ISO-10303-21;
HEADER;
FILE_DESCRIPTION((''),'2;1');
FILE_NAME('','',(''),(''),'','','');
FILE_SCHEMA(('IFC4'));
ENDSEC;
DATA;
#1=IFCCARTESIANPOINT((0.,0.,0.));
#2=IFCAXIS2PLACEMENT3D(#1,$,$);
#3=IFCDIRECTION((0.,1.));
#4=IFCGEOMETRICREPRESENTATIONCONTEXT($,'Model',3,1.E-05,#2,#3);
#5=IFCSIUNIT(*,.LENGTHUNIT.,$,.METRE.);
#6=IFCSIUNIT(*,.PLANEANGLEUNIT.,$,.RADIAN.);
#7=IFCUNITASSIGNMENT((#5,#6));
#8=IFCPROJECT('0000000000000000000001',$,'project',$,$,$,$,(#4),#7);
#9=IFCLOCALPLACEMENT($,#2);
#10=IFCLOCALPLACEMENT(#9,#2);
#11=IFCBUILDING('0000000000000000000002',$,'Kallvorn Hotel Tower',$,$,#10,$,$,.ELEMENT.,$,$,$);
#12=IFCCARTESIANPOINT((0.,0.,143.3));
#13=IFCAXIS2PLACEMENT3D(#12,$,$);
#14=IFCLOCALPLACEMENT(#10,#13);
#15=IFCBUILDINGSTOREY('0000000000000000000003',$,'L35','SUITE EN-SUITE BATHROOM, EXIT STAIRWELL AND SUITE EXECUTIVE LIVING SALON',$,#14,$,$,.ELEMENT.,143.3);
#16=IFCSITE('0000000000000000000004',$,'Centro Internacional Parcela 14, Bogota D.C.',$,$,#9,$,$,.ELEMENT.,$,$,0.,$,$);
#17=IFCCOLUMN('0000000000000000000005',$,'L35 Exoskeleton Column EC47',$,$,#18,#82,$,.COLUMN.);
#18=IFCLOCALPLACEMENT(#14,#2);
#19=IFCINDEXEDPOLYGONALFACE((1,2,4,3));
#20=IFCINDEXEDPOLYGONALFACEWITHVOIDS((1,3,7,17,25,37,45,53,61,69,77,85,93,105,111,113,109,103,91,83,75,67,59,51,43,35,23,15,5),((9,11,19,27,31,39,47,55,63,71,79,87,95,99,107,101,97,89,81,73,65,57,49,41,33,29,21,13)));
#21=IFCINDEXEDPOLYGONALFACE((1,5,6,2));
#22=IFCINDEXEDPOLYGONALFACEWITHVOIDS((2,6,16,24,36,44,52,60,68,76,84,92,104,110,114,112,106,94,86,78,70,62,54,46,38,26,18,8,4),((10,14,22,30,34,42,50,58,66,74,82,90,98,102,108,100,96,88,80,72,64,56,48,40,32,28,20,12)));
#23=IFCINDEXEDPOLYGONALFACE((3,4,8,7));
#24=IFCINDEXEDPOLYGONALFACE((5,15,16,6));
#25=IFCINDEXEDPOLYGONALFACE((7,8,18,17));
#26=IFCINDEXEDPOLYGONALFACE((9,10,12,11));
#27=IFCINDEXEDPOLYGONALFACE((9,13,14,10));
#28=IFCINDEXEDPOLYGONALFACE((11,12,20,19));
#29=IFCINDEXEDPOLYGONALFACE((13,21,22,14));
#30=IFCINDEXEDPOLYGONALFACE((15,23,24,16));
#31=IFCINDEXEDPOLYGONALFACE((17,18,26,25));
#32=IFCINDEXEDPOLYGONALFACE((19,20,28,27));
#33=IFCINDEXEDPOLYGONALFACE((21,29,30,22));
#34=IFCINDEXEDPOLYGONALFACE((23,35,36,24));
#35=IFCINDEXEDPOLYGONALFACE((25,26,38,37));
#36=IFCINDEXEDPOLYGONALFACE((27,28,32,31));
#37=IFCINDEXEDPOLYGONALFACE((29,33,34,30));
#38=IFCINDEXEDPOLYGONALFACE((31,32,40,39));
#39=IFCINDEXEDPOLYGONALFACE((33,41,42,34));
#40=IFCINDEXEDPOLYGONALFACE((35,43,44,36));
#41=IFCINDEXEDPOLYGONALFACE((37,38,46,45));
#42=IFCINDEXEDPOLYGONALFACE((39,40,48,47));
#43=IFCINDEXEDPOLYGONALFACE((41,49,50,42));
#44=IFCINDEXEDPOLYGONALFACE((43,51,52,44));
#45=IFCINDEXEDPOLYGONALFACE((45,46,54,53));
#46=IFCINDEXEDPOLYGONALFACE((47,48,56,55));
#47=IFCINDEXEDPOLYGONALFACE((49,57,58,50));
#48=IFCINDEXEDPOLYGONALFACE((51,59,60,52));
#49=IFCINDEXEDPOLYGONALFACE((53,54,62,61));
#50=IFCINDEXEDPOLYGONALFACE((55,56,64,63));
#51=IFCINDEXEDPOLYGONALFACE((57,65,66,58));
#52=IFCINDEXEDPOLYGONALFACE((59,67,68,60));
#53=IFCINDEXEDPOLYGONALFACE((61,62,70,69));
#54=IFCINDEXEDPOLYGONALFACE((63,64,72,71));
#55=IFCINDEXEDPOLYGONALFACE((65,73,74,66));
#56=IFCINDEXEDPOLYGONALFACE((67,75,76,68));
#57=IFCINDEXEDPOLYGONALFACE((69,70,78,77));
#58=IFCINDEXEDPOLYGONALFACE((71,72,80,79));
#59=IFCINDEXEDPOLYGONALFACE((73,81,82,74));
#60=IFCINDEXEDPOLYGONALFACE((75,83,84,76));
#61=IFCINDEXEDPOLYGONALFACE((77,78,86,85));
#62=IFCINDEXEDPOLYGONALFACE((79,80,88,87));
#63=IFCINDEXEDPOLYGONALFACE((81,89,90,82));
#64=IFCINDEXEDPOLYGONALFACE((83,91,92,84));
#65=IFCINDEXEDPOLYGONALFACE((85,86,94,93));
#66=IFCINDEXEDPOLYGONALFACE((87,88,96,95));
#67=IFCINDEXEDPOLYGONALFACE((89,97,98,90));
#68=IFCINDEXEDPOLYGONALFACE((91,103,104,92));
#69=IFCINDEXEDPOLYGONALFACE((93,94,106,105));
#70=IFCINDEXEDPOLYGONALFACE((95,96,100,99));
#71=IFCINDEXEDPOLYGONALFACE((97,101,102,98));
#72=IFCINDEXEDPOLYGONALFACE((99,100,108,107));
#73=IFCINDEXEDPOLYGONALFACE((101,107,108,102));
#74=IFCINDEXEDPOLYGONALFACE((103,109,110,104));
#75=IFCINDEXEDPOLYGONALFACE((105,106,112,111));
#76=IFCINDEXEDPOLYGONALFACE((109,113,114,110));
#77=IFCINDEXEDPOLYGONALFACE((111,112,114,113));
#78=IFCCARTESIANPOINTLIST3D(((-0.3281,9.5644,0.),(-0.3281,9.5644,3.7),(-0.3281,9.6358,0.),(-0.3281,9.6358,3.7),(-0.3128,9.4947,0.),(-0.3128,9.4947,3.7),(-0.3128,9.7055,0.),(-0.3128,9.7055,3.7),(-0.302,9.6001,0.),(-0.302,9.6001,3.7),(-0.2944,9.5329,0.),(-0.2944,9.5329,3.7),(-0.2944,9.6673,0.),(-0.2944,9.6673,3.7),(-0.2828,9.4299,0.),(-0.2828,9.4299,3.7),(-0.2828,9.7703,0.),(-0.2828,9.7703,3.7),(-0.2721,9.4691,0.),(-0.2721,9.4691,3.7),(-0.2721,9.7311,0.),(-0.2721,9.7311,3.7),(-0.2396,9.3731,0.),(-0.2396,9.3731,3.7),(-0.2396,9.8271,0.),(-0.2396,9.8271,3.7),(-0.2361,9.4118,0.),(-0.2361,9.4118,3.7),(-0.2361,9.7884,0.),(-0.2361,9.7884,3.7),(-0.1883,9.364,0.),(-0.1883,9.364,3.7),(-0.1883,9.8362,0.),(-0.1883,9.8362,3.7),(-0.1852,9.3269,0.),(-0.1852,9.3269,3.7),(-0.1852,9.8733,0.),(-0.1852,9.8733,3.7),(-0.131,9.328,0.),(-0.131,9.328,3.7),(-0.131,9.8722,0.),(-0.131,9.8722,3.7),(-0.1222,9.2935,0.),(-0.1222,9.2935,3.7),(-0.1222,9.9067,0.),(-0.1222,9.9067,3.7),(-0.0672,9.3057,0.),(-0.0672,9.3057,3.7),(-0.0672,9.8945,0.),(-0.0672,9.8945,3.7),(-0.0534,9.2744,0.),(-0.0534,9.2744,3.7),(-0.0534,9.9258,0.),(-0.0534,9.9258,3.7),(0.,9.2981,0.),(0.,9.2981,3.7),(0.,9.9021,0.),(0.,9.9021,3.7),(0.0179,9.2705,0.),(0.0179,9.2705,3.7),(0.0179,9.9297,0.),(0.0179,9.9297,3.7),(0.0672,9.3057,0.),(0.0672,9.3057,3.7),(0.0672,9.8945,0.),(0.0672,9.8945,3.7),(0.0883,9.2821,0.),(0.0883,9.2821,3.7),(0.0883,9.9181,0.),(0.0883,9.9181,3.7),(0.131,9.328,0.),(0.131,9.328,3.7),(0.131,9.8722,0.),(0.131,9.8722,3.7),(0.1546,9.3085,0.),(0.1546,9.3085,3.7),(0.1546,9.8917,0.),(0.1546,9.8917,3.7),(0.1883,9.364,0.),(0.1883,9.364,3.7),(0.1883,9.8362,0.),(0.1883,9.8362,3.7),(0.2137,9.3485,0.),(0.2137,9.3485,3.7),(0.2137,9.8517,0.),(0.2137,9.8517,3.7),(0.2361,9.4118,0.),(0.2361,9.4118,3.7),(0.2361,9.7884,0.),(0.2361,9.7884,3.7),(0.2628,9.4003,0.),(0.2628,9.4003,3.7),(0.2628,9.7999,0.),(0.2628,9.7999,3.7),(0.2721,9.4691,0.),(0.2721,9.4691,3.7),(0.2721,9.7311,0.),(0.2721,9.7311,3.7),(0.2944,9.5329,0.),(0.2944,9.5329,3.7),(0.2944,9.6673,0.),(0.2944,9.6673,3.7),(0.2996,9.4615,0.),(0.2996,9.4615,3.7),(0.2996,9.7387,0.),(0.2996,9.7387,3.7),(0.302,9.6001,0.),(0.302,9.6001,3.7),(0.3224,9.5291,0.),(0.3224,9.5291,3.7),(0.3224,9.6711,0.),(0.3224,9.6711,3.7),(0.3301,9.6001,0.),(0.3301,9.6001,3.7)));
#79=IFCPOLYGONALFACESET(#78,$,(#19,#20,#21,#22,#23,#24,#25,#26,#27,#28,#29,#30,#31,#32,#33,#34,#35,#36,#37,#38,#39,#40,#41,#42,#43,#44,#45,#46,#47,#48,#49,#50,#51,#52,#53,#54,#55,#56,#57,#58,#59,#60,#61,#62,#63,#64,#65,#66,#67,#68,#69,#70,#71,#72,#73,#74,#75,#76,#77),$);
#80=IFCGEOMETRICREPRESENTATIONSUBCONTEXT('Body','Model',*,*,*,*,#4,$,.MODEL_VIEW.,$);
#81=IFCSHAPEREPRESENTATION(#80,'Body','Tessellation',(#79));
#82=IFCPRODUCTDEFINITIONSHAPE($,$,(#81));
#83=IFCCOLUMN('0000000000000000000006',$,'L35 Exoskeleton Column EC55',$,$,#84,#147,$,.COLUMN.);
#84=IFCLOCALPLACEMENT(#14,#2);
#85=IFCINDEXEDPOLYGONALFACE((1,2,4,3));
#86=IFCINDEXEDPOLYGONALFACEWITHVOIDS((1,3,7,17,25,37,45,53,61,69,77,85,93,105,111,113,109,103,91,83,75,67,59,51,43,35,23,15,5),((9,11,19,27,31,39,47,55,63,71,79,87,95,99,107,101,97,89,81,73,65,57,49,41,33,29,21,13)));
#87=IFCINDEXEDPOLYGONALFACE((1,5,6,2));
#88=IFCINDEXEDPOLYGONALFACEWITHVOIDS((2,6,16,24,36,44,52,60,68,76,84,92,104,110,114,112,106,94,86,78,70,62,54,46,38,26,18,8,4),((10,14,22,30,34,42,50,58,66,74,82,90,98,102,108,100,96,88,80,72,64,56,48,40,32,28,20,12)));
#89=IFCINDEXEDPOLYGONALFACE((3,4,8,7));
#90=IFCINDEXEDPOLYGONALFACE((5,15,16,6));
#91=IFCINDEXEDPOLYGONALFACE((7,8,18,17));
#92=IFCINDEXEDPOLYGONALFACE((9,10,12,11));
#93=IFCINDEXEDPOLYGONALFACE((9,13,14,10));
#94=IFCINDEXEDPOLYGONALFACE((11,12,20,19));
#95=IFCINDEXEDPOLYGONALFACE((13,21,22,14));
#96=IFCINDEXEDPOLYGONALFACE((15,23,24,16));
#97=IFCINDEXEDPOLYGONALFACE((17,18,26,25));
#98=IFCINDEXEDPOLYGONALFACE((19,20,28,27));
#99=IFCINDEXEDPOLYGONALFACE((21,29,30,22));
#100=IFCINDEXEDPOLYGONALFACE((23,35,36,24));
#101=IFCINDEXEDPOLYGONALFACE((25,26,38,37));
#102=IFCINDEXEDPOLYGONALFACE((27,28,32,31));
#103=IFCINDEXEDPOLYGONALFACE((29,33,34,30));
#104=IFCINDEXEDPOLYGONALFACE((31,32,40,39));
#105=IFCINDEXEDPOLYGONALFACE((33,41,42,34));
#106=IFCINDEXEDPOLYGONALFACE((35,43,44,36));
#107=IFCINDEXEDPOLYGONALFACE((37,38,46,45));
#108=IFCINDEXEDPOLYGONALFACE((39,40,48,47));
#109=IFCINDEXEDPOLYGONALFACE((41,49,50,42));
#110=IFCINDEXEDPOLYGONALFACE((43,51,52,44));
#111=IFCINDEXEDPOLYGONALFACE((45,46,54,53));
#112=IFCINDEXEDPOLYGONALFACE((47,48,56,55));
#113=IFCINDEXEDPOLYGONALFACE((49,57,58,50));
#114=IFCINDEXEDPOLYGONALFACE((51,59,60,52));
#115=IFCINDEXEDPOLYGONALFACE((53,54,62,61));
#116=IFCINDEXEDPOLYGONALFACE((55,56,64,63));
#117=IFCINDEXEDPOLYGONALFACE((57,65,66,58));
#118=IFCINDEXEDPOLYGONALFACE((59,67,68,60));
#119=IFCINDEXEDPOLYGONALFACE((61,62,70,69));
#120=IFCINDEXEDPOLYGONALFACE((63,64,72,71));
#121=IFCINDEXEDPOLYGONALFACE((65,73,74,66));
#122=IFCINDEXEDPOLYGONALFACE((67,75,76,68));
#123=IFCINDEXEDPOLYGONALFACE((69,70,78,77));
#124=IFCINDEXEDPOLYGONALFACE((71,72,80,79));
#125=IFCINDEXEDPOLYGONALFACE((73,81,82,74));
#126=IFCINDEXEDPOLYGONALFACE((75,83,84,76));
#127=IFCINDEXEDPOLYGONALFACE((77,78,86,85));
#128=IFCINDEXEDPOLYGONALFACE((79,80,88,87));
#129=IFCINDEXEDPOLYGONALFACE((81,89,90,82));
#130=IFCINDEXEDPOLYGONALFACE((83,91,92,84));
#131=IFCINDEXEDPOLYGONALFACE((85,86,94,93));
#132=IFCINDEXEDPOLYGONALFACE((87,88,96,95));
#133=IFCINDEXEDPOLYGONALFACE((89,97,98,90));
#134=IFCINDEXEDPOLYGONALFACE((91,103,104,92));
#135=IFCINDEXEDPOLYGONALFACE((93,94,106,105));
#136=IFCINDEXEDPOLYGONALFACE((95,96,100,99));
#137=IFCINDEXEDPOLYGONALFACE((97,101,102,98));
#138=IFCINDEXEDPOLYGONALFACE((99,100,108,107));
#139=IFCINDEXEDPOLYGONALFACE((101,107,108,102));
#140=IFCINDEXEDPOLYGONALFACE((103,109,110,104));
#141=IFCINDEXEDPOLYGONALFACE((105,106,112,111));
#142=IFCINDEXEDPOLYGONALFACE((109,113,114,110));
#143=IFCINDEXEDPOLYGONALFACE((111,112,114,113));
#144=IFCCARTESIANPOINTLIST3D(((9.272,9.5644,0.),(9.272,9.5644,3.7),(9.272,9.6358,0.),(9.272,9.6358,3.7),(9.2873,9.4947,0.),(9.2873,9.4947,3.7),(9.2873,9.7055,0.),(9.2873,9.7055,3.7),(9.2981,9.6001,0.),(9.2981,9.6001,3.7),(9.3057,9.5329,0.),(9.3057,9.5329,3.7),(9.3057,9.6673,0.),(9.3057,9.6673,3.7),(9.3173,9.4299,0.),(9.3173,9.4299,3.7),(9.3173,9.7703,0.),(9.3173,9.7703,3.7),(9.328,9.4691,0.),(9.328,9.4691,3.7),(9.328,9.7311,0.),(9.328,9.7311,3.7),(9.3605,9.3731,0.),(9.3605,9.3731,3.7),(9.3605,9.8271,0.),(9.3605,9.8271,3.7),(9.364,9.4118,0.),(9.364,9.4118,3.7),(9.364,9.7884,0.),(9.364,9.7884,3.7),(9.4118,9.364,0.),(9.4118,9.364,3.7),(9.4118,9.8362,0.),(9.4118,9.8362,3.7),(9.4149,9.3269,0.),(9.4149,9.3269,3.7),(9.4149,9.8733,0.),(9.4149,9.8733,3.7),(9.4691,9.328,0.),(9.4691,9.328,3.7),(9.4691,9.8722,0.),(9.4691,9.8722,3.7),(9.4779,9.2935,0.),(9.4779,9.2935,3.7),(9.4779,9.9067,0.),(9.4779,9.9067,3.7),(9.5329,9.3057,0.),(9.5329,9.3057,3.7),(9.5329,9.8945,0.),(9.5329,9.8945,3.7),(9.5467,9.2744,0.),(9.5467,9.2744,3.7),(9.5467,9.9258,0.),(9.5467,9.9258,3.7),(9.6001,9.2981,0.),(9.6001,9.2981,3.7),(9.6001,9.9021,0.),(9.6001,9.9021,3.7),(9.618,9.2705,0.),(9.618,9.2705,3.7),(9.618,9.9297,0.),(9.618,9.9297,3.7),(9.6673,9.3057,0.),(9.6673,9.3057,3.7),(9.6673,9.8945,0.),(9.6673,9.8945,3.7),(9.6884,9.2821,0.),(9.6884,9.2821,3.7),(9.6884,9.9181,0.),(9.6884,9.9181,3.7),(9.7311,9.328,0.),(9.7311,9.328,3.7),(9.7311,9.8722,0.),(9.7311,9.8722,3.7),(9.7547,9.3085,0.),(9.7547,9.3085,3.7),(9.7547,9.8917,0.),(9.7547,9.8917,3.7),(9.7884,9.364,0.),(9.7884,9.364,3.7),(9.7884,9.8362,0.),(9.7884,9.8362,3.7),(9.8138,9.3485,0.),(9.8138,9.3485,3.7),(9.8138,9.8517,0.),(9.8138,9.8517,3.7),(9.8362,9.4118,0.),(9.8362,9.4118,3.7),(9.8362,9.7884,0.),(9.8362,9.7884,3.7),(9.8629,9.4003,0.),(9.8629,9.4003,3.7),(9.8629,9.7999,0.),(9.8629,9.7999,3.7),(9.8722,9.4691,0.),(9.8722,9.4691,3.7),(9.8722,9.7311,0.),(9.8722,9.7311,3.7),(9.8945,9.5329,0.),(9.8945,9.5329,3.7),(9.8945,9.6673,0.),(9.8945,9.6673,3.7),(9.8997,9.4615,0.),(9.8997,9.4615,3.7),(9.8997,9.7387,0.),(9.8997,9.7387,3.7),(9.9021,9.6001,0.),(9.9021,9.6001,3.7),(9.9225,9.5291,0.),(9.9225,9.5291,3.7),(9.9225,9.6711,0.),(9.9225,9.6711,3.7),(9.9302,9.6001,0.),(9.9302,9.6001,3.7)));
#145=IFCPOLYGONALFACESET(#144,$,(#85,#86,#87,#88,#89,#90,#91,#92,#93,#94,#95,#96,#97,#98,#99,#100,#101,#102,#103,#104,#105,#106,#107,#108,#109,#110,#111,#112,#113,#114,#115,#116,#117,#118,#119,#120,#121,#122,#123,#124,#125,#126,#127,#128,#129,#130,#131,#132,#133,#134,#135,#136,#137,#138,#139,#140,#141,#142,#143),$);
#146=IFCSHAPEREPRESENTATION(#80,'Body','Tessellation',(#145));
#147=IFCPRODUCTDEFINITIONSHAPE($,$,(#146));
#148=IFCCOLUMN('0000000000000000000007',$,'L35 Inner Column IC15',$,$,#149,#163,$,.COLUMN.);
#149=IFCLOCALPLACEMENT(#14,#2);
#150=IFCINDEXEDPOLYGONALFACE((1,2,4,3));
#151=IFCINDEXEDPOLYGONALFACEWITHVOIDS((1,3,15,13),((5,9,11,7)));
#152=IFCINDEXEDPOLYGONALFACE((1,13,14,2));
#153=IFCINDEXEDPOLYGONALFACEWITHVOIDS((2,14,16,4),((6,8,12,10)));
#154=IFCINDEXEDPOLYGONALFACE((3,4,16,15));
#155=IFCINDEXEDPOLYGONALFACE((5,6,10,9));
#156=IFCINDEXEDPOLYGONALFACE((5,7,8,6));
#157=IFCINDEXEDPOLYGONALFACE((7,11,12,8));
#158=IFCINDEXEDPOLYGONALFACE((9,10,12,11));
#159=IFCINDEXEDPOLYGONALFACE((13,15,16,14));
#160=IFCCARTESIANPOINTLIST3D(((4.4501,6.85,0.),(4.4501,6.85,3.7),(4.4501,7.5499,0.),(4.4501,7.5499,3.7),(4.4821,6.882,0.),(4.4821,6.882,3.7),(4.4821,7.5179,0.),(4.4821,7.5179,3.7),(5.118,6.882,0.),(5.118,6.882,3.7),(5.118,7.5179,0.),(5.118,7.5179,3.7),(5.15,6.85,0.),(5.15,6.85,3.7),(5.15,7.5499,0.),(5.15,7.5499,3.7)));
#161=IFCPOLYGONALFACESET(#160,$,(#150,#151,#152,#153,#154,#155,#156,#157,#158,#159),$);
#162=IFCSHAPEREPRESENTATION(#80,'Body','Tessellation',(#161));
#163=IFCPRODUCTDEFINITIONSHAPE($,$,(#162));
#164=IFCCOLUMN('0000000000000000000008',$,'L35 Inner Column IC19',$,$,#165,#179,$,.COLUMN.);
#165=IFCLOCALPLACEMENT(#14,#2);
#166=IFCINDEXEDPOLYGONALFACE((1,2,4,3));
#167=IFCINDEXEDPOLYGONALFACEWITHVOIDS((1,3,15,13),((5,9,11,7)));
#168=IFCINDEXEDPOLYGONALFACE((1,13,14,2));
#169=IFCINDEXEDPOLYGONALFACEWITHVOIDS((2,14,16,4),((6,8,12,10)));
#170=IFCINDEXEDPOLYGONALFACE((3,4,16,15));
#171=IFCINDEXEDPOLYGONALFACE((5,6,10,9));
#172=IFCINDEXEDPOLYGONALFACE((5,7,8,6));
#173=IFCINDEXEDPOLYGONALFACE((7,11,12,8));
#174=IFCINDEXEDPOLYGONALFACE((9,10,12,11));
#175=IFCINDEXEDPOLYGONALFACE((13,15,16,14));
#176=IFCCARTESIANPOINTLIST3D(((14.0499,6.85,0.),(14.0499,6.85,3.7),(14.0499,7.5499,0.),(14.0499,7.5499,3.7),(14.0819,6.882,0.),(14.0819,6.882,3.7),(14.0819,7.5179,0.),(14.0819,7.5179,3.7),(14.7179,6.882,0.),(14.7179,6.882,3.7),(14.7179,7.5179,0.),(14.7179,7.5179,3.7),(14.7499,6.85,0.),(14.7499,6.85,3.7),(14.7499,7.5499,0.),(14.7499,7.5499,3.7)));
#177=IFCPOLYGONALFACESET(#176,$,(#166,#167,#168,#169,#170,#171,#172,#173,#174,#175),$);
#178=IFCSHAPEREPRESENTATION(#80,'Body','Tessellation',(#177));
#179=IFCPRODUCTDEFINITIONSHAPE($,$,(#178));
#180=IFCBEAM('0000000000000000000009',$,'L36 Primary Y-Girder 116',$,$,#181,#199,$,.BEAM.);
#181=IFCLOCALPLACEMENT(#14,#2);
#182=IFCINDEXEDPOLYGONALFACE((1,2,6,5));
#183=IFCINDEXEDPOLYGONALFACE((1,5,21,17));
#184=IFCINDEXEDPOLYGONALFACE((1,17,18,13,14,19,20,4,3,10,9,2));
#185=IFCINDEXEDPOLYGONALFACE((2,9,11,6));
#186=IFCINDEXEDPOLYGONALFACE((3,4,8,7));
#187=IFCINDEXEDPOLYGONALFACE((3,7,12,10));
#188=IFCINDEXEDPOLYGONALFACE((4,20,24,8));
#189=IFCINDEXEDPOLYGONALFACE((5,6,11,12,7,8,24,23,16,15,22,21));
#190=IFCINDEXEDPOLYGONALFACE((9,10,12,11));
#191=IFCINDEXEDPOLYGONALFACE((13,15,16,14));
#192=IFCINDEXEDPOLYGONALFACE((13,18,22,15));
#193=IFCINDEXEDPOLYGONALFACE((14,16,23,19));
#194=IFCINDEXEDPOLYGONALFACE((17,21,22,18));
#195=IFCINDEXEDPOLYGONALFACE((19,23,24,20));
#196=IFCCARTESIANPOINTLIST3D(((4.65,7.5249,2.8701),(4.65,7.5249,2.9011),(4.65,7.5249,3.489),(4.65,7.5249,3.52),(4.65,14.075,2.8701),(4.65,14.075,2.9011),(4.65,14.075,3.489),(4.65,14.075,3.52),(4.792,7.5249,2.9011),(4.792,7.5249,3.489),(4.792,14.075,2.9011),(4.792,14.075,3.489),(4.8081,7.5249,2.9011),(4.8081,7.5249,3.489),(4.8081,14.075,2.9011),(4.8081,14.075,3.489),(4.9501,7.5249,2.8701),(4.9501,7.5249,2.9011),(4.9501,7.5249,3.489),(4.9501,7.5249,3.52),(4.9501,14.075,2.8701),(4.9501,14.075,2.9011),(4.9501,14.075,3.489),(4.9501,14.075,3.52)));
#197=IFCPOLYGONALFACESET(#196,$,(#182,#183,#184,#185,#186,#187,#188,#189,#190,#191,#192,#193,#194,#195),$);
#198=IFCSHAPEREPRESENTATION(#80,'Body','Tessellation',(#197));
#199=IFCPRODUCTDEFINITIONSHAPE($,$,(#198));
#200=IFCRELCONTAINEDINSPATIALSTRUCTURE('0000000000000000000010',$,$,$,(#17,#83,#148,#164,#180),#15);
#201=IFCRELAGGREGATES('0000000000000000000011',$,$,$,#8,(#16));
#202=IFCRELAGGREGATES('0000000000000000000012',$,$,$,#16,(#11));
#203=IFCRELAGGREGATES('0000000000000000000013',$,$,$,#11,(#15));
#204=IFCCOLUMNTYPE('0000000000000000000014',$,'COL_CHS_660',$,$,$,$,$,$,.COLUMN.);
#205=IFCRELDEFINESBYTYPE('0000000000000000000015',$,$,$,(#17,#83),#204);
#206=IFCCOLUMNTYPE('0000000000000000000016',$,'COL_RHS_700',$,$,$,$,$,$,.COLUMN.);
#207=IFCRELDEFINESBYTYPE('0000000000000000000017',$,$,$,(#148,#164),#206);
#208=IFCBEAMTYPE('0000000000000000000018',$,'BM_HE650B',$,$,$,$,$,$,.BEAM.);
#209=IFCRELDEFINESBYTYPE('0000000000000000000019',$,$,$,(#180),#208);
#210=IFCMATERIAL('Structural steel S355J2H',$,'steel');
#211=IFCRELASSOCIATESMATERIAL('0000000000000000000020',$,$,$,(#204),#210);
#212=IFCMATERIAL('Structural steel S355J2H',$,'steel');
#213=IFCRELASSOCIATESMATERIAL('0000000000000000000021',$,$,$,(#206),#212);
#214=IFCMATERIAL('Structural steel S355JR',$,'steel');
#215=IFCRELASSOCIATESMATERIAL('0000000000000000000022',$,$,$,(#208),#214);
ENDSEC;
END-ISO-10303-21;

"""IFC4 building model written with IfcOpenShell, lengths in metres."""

from ifc_helpers import new_model, si_unit, direction, frame, origin, origin_2d, place, context, subcontext, project, spatial, hollow_rectangle, hollow_circle, i_section, extrude, material, material_profile, profile_set, type_object, element, save


model = new_model("IFC4")

# Units and contexts
model_context = context("Model", 3, precision=1e-05, world=origin(), true_north=direction((0.0, 1.0)))
body_context = subcontext(model_context, "Body", "Model", "MODEL_VIEW")
ifc_project = project(units=[si_unit("LENGTHUNIT", "METRE"), si_unit("PLANEANGLEUNIT", "RADIAN")], contexts=[model_context])

# Site, building, storey
site_placement = place(None, origin())
site = spatial("IfcSite", under=ifc_project, at=site_placement, Name="Centro Internacional Parcela 14, Bogota D.C.", CompositionType="ELEMENT", RefElevation=0.0)
building_placement = place(site_placement, origin())
building = spatial("IfcBuilding", under=site, at=building_placement, Name="Kallvorn Hotel Tower", CompositionType="ELEMENT")
storey_placement = place(building_placement, frame((0.0, 0.0, 143.3)))
storey = spatial("IfcBuildingStorey", under=building, at=storey_placement, Name="L35", Description="SUITE EN-SUITE BATHROOM, EXIT STAIRWELL AND SUITE EXECUTIVE LIVING SALON", CompositionType="ELEMENT", Elevation=143.3)

# Columns
ifc_material_1 = material(Name="Structural steel S355J2H", Category="steel")
ifc_material_profile_1 = material_profile(ifc_material_1, hollow_circle(Radius=0.3301, WallThickness=0.0281, at=origin_2d()), Name="CHS 660x28")
ifc_profile_set_1 = profile_set([ifc_material_profile_1], Name="Structural steel S355J2H")
column_type_1 = type_object("IfcColumnType", Name="COL_CHS_660", PredefinedType="COLUMN", material=ifc_profile_set_1)
for number, where, z_axis, x_axis, name in (
    (1, (0.0, 9.6001, 0.0), (0.0, 0.0, 1.0), (1.0, 0.0, 0.0), "L35 Exoskeleton Column EC47"),
    (2, (9.6001, 9.6001, 0.0), (0.0, 0.0, 1.0), (1.0, 0.0, 0.0), "L35 Exoskeleton Column EC55"),
):
    element("IfcColumn", number, at=place(storey_placement, frame(where, z_axis=z_axis, x_axis=x_axis)), inside=storey, type_object=column_type_1, Name=name, PredefinedType="COLUMN", context=body_context, shape_type="SweptSolid", body=[
        extrude(hollow_circle(Radius=0.3301, WallThickness=0.0281, at=origin_2d()), origin(), (0.0, 0.0, 1.0), 3.7),
    ])
ifc_material_2 = material(Name="Structural steel S355J2H", Category="steel")
ifc_material_profile_2 = material_profile(ifc_material_2, hollow_rectangle(XDim=0.7, YDim=0.7, WallThickness=0.032, at=origin_2d()), Name="RHS 700x700x32")
ifc_profile_set_2 = profile_set([ifc_material_profile_2], Name="Structural steel S355J2H")
column_type_2 = type_object("IfcColumnType", Name="COL_RHS_700", PredefinedType="COLUMN", material=ifc_profile_set_2)
for number, where, z_axis, x_axis, name in (
    (3, (4.8, 7.2, 0.0), (0.0, 0.0, 1.0), (1.0, 0.0, 0.0), "L35 Inner Column IC15"),
    (4, (14.3999, 7.2, 0.0), (0.0, 0.0, 1.0), (1.0, 0.0, 0.0), "L35 Inner Column IC19"),
):
    element("IfcColumn", number, at=place(storey_placement, frame(where, z_axis=z_axis, x_axis=x_axis)), inside=storey, type_object=column_type_2, Name=name, PredefinedType="COLUMN", context=body_context, shape_type="SweptSolid", body=[
        extrude(hollow_rectangle(XDim=0.7, YDim=0.7, WallThickness=0.032, at=origin_2d()), origin(), (0.0, 0.0, 1.0), 3.7),
    ])

# Beam
ifc_material_3 = material(Name="Structural steel S355JR", Category="steel")
ifc_material_profile_3 = material_profile(ifc_material_3, i_section(OverallWidth=0.3, OverallDepth=0.6499, WebThickness=0.0161, FlangeThickness=0.031, at=origin_2d()), Name="HE 650 B")
ifc_profile_set_3 = profile_set([ifc_material_profile_3], Name="Structural steel S355JR")
beam_type_1 = type_object("IfcBeamType", Name="BM_HE650B", PredefinedType="BEAM", material=ifc_profile_set_3)
beam_1_placement = place(storey_placement, frame((4.8, 7.5249, 3.1951), z_axis=(0.0, 1.0, 0.0), x_axis=(-1.0, 0.0, 0.0)))
element("IfcBeam", 5, at=beam_1_placement, inside=storey, type_object=beam_type_1, Name="L36 Primary Y-Girder 116", PredefinedType="BEAM", context=body_context, shape_type="SweptSolid", body=[
    extrude(i_section(OverallWidth=0.3, OverallDepth=0.6499, WebThickness=0.0161, FlangeThickness=0.031, at=origin_2d()), origin(), (0.0, 0.0, 1.0), 6.55),
])

save(model, "model.ifc")
